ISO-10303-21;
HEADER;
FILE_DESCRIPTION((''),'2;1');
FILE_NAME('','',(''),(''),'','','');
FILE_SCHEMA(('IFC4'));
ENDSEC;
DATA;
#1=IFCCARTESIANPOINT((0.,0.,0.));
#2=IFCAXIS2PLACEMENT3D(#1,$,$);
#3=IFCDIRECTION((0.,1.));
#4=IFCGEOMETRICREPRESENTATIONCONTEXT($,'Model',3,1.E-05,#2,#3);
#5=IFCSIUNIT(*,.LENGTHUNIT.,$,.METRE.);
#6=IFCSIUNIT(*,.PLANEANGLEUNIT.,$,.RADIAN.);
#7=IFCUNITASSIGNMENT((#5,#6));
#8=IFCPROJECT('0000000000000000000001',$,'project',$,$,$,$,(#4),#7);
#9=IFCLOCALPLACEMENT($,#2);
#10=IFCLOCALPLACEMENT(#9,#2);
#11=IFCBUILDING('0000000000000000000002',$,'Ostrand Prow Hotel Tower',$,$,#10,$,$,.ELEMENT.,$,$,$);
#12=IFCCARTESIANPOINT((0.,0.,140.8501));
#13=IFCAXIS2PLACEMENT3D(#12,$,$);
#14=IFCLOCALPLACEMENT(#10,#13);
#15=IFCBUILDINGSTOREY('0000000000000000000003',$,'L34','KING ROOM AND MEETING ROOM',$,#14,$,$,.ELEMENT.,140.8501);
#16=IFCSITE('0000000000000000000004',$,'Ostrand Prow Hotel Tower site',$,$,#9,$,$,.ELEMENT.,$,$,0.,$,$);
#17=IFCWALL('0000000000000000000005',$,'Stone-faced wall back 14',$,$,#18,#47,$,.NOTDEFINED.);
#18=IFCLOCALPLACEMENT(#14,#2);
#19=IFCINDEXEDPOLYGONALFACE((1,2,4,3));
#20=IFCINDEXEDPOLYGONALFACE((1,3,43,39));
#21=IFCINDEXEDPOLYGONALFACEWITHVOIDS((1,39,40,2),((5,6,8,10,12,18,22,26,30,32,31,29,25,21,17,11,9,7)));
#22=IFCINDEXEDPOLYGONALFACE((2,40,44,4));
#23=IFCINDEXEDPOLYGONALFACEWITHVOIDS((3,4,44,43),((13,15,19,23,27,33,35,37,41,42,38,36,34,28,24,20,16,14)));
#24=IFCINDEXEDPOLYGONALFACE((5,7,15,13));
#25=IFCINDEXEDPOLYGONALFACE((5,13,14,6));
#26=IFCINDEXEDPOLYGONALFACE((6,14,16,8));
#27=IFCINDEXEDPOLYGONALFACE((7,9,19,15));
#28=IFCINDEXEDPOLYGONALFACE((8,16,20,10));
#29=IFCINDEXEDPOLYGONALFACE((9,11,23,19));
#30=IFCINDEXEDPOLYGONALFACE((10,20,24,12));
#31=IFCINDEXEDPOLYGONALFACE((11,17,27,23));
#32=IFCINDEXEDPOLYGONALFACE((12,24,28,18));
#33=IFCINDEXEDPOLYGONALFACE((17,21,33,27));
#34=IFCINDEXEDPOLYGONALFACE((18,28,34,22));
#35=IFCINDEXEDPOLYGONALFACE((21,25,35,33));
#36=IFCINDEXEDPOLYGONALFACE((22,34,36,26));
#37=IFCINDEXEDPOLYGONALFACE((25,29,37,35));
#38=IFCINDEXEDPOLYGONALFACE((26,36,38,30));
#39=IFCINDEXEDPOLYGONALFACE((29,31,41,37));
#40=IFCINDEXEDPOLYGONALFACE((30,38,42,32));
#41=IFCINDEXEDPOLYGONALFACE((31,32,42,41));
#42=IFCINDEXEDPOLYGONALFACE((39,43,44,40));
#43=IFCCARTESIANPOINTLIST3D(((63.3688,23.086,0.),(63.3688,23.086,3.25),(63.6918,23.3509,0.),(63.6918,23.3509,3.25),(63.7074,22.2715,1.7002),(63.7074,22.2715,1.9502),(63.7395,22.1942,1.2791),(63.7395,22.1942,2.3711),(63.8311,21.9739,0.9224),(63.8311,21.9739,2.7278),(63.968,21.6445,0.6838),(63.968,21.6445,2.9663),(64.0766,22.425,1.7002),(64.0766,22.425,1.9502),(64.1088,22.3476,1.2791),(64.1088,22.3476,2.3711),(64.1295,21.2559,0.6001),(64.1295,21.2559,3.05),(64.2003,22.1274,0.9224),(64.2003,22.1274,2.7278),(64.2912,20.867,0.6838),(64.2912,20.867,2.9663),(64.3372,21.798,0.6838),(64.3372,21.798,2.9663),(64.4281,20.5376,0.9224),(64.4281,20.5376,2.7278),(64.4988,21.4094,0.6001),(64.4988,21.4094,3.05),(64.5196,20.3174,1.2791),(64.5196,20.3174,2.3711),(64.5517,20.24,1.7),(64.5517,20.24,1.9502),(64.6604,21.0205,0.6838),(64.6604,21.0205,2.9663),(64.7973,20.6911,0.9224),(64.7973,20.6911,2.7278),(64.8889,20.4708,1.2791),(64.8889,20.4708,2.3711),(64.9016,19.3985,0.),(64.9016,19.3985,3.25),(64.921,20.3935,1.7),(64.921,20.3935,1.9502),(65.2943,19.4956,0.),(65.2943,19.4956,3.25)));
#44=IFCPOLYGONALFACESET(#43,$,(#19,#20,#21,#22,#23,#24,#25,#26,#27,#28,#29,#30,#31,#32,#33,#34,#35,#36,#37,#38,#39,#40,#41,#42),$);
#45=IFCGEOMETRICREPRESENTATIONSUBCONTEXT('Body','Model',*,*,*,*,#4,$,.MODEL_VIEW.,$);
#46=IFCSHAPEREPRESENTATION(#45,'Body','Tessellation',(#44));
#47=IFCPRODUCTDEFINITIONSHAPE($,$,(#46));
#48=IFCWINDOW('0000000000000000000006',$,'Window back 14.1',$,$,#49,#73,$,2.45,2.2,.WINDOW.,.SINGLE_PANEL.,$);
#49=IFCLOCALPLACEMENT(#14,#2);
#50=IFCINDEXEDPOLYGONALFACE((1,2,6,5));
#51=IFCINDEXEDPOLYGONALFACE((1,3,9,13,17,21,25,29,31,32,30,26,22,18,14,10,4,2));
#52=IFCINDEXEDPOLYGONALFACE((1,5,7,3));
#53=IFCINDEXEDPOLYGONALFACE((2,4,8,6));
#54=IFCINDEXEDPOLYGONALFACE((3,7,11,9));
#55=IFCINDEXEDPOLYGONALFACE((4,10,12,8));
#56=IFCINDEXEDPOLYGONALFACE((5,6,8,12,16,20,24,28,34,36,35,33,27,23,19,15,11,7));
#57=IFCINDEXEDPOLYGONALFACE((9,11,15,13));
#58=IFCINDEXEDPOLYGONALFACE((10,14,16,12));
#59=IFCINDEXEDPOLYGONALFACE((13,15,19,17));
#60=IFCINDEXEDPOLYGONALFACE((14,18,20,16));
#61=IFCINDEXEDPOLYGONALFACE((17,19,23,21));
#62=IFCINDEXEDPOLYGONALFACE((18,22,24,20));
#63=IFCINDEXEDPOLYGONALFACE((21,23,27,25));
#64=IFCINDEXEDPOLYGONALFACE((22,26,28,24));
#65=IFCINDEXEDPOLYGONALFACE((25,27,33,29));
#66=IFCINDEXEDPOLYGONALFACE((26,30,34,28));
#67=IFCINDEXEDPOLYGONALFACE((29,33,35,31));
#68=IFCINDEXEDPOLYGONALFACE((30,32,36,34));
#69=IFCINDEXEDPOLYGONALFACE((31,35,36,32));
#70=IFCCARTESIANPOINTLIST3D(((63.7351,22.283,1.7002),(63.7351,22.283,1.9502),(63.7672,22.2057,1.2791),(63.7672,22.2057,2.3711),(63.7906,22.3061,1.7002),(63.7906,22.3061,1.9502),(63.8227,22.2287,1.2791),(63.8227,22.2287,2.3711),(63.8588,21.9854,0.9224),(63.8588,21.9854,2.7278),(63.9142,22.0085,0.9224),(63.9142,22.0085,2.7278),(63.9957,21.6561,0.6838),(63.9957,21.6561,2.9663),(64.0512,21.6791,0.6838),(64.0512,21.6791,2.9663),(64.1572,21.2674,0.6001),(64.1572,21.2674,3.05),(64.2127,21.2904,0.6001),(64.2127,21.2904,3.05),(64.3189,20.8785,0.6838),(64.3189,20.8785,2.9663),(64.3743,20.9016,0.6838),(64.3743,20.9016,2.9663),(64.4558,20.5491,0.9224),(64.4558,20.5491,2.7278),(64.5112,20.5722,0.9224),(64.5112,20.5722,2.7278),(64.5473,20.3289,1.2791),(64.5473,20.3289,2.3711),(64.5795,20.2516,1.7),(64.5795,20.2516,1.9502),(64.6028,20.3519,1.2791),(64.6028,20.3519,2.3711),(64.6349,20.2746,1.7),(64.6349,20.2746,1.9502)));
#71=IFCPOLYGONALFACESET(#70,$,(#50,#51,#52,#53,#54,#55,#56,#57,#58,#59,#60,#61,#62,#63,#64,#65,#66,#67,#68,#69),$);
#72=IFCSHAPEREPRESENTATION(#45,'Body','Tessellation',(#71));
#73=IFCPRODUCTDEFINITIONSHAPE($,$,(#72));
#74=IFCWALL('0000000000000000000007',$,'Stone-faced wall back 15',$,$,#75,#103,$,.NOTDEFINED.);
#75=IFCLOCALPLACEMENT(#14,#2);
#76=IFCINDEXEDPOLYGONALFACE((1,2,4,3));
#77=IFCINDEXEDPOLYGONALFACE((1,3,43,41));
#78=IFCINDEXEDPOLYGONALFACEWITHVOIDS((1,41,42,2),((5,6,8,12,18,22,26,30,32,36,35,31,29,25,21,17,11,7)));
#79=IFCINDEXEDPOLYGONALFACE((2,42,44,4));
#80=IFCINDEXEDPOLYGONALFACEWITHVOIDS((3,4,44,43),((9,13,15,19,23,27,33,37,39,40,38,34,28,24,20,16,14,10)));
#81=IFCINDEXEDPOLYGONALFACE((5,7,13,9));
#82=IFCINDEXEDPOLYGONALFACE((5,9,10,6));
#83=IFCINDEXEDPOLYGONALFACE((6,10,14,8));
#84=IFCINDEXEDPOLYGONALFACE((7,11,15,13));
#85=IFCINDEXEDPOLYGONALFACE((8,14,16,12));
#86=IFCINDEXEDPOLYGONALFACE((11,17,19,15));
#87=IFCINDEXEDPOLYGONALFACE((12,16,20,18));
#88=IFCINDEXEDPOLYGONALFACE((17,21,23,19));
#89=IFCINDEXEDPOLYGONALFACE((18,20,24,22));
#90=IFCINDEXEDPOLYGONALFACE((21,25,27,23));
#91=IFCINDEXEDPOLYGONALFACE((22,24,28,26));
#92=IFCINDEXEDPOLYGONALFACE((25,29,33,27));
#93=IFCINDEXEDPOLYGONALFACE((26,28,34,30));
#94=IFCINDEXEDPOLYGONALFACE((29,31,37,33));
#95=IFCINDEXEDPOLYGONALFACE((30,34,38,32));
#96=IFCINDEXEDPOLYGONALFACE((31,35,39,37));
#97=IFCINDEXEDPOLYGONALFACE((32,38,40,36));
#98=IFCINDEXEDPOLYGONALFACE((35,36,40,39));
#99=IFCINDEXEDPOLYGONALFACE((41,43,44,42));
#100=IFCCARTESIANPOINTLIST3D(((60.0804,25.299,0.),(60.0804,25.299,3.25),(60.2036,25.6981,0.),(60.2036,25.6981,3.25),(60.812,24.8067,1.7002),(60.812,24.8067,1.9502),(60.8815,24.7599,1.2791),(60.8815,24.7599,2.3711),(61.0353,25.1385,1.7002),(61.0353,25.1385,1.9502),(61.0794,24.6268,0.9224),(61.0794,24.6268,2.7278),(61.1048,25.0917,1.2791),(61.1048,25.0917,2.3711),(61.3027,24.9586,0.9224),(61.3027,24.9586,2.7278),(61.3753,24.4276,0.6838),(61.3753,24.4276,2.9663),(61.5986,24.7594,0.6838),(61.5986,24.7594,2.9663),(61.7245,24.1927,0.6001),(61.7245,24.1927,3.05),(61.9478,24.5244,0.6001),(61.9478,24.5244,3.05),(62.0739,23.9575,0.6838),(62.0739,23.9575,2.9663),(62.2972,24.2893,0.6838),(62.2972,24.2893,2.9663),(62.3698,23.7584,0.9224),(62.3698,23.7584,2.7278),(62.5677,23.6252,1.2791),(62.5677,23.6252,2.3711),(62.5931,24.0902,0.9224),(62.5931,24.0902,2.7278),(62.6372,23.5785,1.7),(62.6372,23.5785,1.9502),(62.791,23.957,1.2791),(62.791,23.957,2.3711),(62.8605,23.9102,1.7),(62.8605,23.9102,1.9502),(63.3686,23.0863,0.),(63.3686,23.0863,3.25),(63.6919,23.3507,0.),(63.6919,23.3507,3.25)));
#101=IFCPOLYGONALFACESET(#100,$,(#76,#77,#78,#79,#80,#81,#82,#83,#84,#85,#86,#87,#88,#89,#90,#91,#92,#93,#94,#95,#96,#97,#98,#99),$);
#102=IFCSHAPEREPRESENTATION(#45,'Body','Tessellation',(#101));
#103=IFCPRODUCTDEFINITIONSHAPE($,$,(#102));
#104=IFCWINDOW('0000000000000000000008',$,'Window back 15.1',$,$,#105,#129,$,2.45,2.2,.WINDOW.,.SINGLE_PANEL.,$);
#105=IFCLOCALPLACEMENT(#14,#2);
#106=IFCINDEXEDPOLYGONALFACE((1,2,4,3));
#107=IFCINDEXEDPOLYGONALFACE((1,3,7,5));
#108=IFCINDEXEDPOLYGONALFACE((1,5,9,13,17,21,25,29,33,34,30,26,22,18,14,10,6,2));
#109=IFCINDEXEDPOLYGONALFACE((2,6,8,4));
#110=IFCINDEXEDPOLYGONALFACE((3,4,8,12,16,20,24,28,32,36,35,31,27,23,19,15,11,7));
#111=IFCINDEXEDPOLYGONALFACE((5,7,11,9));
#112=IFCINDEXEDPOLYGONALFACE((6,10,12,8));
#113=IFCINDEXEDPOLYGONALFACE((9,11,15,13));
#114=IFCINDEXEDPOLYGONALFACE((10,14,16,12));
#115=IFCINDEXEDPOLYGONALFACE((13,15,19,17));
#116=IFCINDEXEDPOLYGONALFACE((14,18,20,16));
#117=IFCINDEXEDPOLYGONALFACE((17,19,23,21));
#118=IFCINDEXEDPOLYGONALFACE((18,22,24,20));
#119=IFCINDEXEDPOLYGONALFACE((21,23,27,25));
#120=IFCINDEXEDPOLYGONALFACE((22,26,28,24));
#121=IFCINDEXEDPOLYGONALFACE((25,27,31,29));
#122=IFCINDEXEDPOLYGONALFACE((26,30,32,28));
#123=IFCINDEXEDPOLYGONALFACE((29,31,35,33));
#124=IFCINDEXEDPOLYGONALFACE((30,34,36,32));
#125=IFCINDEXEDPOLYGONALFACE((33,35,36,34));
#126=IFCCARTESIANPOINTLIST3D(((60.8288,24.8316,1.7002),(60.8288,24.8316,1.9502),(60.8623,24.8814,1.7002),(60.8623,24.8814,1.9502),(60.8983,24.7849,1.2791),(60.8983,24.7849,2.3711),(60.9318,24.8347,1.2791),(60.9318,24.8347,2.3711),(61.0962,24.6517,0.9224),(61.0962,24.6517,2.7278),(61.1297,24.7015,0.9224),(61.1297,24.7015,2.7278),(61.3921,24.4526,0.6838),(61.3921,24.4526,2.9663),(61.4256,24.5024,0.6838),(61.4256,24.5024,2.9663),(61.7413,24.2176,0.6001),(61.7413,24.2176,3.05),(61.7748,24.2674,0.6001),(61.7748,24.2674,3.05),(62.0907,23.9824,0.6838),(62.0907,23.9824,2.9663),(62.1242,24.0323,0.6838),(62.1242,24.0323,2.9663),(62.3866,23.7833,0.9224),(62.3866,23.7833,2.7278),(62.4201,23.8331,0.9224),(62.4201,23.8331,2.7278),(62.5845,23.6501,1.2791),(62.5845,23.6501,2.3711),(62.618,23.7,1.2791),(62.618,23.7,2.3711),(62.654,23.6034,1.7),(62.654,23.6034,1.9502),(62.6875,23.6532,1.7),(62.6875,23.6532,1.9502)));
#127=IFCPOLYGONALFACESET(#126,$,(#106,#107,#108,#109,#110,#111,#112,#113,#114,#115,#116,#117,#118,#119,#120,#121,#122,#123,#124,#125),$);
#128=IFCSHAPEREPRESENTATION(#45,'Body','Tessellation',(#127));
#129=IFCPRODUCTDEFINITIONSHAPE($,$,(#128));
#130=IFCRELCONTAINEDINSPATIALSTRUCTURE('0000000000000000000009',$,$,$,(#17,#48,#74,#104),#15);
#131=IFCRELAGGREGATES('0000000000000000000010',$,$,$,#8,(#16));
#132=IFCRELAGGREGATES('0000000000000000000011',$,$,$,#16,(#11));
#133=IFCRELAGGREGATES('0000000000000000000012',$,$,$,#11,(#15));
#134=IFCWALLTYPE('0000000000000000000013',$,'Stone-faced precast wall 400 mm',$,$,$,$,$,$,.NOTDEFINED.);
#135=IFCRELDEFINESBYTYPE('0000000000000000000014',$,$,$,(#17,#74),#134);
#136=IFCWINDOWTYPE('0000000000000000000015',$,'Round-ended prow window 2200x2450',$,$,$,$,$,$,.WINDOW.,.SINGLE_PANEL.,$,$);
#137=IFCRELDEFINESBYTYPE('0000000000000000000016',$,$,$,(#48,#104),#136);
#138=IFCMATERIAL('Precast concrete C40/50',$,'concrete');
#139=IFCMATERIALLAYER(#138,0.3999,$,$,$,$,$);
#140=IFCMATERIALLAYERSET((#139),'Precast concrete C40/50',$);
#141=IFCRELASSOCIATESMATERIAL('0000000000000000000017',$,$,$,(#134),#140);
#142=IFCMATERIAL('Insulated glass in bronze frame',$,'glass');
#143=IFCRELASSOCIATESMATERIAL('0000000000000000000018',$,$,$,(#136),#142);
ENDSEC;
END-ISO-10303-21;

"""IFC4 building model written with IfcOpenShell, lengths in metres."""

from ifc_helpers import new_model, si_unit, direction, frame, origin, place, context, subcontext, project, spatial, polyline, outline, extrude, material, layer, layer_set, type_object, element, fill, save


model = new_model("IFC4")

# Units and contexts
model_context = context("Model", 3, precision=1e-05, world=origin(), true_north=direction((0.0, 1.0)))
body_context = subcontext(model_context, "Body", "Model", "MODEL_VIEW")
ifc_project = project(units=[si_unit("LENGTHUNIT", "METRE"), si_unit("PLANEANGLEUNIT", "RADIAN")], contexts=[model_context])

# Site, building, storey
site_placement = place(None, origin())
site = spatial("IfcSite", under=ifc_project, at=site_placement, Name="Ostrand Prow Hotel Tower site", CompositionType="ELEMENT", RefElevation=0.0)
building_placement = place(site_placement, origin())
building = spatial("IfcBuilding", under=site, at=building_placement, Name="Ostrand Prow Hotel Tower", CompositionType="ELEMENT")
storey_placement = place(building_placement, frame((0.0, 0.0, 140.8501)))
storey = spatial("IfcBuildingStorey", under=building, at=storey_placement, Name="L34", Description="KING ROOM AND MEETING ROOM", CompositionType="ELEMENT", Elevation=140.8501)

# Shared definitions
ifc_material_1 = material(Name="Precast concrete C40/50", Category="concrete")
ifc_layer_1 = layer(ifc_material_1, 0.3999)
ifc_layer_set_1 = layer_set([ifc_layer_1], Name="Precast concrete C40/50")
wall_type_1 = type_object("IfcWallType", Name="Stone-faced precast wall 400 mm", PredefinedType="NOTDEFINED", material=ifc_layer_set_1)

# Walls, openings, windows
wall_1_placement = place(storey_placement, frame((65.0979, 19.447, 0.0), z_axis=(0.0, 0.0, 1.0), x_axis=(-0.383817, 0.923409, 0.0)))
wall_1 = element("IfcWall", 1, at=wall_1_placement, inside=storey, type_object=wall_type_1, Name="Stone-faced wall back 14", PredefinedType="NOTDEFINED", context=body_context, shape_type="SweptSolid", body=[
    extrude(outline(polyline([(-0.0305, -0.2), (4.1445, -0.2), (4.0239, 0.2), (0.0305, 0.2), (-0.0305, -0.2)])), origin(), (0.0, 0.0, 1.0), 3.25),
])
opening_1_placement = place(wall_1_placement, frame((0.9419, 0.0, 0.6001)))
opening_1 = element("IfcOpeningElement", 2, at=opening_1_placement, cuts=wall_1, PredefinedType="OPENING", context=body_context, shape_type="SweptSolid", body=[
    extrude(outline(polyline([(0.0, 1.3501), (0.0837, 1.771), (0.3223, 2.1277), (0.679, 2.3662), (1.1001, 2.45), (1.521, 2.3662), (1.8777, 2.1277), (2.1162, 1.771), (2.2, 1.3501), (2.2, 1.1001), (2.1162, 0.679), (1.8777, 0.3223), (1.521, 0.0837), (1.1001, 0.0), (0.679, 0.0837), (0.3223, 0.3223), (0.0837, 0.679), (0.0, 1.0999), (0.0, 1.3501)])), frame((0.0, 0.21, 0.0), z_axis=(0.0, -1.0, 0.0), x_axis=(1.0, 0.0, 0.0)), (0.0, 0.0, 1.0), 0.4199),
])
ifc_material_2 = material(Name="Insulated glass in bronze frame", Category="glass")
window_type = type_object("IfcWindowType", Name="Round-ended prow window 2200x2450", PartitioningType="SINGLE_PANEL", PredefinedType="WINDOW", material=ifc_material_2)
window_1_placement = place(opening_1_placement, origin())
window_1 = element("IfcWindow", 3, at=window_1_placement, inside=storey, type_object=window_type, Name="Window back 14.1", OverallHeight=2.45, OverallWidth=2.2, PartitioningType="SINGLE_PANEL", PredefinedType="WINDOW", context=body_context, shape_type="SweptSolid", body=[
    extrude(outline(polyline([(0.0, 1.3501), (0.0837, 1.771), (0.3223, 2.1277), (0.679, 2.3662), (1.1001, 2.45), (1.521, 2.3662), (1.8777, 2.1277), (2.1162, 1.771), (2.2, 1.3501), (2.2, 1.1001), (2.1162, 0.679), (1.8777, 0.3223), (1.521, 0.0837), (1.1001, 0.0), (0.679, 0.0837), (0.3223, 0.3223), (0.0837, 0.679), (0.0, 1.0999), (0.0, 1.3501)])), frame((0.0, 0.1699, 0.0), z_axis=(0.0, -1.0, 0.0), x_axis=(1.0, 0.0, 0.0)), (0.0, 0.0, 1.0), 0.0601),
])
fill(opening_1, window_1)
wall_2_placement = place(storey_placement, frame((63.5303, 23.2185, 0.0), z_axis=(0.0, 0.0, 1.0), x_axis=(-0.829642, 0.558296, 0.0)))
wall_2 = element("IfcWall", 4, at=wall_2_placement, inside=storey, type_object=wall_type_1, Name="Stone-faced wall back 15", PredefinedType="NOTDEFINED", context=body_context, shape_type="SweptSolid", body=[
    extrude(outline(polyline([(-0.0603, -0.2), (4.1443, -0.2), (4.0237, 0.2), (0.0603, 0.2), (-0.0603, -0.2)])), origin(), (0.0, 0.0, 1.0), 3.25),
])
opening_2_placement = place(wall_2_placement, frame((0.9419, 0.0, 0.6001)))
opening_2 = element("IfcOpeningElement", 5, at=opening_2_placement, cuts=wall_2, PredefinedType="OPENING", context=body_context, shape_type="SweptSolid", body=[
    extrude(outline(polyline([(0.0, 1.3501), (0.0837, 1.771), (0.3223, 2.1277), (0.679, 2.3662), (1.1001, 2.45), (1.521, 2.3662), (1.8777, 2.1277), (2.1162, 1.771), (2.2, 1.3501), (2.2, 1.1001), (2.1162, 0.679), (1.8777, 0.3223), (1.521, 0.0837), (1.1001, 0.0), (0.679, 0.0837), (0.3223, 0.3223), (0.0837, 0.679), (0.0, 1.0999), (0.0, 1.3501)])), frame((0.0, 0.21, 0.0), z_axis=(0.0, -1.0, 0.0), x_axis=(1.0, 0.0, 0.0)), (0.0, 0.0, 1.0), 0.4199),
])
window_2_placement = place(opening_2_placement, origin())
window_2 = element("IfcWindow", 6, at=window_2_placement, inside=storey, type_object=window_type, Name="Window back 15.1", OverallHeight=2.45, OverallWidth=2.2, PartitioningType="SINGLE_PANEL", PredefinedType="WINDOW", context=body_context, shape_type="SweptSolid", body=[
    extrude(outline(polyline([(0.0, 1.3501), (0.0837, 1.771), (0.3223, 2.1277), (0.679, 2.3662), (1.1001, 2.45), (1.521, 2.3662), (1.8777, 2.1277), (2.1162, 1.771), (2.2, 1.3501), (2.2, 1.1001), (2.1162, 0.679), (1.8777, 0.3223), (1.521, 0.0837), (1.1001, 0.0), (0.679, 0.0837), (0.3223, 0.3223), (0.0837, 0.679), (0.0, 1.0999), (0.0, 1.3501)])), frame((0.0, 0.1699, 0.0), z_axis=(0.0, -1.0, 0.0), x_axis=(1.0, 0.0, 0.0)), (0.0, 0.0, 1.0), 0.0601),
])
fill(opening_2, window_2)

save(model, "model.ifc")
